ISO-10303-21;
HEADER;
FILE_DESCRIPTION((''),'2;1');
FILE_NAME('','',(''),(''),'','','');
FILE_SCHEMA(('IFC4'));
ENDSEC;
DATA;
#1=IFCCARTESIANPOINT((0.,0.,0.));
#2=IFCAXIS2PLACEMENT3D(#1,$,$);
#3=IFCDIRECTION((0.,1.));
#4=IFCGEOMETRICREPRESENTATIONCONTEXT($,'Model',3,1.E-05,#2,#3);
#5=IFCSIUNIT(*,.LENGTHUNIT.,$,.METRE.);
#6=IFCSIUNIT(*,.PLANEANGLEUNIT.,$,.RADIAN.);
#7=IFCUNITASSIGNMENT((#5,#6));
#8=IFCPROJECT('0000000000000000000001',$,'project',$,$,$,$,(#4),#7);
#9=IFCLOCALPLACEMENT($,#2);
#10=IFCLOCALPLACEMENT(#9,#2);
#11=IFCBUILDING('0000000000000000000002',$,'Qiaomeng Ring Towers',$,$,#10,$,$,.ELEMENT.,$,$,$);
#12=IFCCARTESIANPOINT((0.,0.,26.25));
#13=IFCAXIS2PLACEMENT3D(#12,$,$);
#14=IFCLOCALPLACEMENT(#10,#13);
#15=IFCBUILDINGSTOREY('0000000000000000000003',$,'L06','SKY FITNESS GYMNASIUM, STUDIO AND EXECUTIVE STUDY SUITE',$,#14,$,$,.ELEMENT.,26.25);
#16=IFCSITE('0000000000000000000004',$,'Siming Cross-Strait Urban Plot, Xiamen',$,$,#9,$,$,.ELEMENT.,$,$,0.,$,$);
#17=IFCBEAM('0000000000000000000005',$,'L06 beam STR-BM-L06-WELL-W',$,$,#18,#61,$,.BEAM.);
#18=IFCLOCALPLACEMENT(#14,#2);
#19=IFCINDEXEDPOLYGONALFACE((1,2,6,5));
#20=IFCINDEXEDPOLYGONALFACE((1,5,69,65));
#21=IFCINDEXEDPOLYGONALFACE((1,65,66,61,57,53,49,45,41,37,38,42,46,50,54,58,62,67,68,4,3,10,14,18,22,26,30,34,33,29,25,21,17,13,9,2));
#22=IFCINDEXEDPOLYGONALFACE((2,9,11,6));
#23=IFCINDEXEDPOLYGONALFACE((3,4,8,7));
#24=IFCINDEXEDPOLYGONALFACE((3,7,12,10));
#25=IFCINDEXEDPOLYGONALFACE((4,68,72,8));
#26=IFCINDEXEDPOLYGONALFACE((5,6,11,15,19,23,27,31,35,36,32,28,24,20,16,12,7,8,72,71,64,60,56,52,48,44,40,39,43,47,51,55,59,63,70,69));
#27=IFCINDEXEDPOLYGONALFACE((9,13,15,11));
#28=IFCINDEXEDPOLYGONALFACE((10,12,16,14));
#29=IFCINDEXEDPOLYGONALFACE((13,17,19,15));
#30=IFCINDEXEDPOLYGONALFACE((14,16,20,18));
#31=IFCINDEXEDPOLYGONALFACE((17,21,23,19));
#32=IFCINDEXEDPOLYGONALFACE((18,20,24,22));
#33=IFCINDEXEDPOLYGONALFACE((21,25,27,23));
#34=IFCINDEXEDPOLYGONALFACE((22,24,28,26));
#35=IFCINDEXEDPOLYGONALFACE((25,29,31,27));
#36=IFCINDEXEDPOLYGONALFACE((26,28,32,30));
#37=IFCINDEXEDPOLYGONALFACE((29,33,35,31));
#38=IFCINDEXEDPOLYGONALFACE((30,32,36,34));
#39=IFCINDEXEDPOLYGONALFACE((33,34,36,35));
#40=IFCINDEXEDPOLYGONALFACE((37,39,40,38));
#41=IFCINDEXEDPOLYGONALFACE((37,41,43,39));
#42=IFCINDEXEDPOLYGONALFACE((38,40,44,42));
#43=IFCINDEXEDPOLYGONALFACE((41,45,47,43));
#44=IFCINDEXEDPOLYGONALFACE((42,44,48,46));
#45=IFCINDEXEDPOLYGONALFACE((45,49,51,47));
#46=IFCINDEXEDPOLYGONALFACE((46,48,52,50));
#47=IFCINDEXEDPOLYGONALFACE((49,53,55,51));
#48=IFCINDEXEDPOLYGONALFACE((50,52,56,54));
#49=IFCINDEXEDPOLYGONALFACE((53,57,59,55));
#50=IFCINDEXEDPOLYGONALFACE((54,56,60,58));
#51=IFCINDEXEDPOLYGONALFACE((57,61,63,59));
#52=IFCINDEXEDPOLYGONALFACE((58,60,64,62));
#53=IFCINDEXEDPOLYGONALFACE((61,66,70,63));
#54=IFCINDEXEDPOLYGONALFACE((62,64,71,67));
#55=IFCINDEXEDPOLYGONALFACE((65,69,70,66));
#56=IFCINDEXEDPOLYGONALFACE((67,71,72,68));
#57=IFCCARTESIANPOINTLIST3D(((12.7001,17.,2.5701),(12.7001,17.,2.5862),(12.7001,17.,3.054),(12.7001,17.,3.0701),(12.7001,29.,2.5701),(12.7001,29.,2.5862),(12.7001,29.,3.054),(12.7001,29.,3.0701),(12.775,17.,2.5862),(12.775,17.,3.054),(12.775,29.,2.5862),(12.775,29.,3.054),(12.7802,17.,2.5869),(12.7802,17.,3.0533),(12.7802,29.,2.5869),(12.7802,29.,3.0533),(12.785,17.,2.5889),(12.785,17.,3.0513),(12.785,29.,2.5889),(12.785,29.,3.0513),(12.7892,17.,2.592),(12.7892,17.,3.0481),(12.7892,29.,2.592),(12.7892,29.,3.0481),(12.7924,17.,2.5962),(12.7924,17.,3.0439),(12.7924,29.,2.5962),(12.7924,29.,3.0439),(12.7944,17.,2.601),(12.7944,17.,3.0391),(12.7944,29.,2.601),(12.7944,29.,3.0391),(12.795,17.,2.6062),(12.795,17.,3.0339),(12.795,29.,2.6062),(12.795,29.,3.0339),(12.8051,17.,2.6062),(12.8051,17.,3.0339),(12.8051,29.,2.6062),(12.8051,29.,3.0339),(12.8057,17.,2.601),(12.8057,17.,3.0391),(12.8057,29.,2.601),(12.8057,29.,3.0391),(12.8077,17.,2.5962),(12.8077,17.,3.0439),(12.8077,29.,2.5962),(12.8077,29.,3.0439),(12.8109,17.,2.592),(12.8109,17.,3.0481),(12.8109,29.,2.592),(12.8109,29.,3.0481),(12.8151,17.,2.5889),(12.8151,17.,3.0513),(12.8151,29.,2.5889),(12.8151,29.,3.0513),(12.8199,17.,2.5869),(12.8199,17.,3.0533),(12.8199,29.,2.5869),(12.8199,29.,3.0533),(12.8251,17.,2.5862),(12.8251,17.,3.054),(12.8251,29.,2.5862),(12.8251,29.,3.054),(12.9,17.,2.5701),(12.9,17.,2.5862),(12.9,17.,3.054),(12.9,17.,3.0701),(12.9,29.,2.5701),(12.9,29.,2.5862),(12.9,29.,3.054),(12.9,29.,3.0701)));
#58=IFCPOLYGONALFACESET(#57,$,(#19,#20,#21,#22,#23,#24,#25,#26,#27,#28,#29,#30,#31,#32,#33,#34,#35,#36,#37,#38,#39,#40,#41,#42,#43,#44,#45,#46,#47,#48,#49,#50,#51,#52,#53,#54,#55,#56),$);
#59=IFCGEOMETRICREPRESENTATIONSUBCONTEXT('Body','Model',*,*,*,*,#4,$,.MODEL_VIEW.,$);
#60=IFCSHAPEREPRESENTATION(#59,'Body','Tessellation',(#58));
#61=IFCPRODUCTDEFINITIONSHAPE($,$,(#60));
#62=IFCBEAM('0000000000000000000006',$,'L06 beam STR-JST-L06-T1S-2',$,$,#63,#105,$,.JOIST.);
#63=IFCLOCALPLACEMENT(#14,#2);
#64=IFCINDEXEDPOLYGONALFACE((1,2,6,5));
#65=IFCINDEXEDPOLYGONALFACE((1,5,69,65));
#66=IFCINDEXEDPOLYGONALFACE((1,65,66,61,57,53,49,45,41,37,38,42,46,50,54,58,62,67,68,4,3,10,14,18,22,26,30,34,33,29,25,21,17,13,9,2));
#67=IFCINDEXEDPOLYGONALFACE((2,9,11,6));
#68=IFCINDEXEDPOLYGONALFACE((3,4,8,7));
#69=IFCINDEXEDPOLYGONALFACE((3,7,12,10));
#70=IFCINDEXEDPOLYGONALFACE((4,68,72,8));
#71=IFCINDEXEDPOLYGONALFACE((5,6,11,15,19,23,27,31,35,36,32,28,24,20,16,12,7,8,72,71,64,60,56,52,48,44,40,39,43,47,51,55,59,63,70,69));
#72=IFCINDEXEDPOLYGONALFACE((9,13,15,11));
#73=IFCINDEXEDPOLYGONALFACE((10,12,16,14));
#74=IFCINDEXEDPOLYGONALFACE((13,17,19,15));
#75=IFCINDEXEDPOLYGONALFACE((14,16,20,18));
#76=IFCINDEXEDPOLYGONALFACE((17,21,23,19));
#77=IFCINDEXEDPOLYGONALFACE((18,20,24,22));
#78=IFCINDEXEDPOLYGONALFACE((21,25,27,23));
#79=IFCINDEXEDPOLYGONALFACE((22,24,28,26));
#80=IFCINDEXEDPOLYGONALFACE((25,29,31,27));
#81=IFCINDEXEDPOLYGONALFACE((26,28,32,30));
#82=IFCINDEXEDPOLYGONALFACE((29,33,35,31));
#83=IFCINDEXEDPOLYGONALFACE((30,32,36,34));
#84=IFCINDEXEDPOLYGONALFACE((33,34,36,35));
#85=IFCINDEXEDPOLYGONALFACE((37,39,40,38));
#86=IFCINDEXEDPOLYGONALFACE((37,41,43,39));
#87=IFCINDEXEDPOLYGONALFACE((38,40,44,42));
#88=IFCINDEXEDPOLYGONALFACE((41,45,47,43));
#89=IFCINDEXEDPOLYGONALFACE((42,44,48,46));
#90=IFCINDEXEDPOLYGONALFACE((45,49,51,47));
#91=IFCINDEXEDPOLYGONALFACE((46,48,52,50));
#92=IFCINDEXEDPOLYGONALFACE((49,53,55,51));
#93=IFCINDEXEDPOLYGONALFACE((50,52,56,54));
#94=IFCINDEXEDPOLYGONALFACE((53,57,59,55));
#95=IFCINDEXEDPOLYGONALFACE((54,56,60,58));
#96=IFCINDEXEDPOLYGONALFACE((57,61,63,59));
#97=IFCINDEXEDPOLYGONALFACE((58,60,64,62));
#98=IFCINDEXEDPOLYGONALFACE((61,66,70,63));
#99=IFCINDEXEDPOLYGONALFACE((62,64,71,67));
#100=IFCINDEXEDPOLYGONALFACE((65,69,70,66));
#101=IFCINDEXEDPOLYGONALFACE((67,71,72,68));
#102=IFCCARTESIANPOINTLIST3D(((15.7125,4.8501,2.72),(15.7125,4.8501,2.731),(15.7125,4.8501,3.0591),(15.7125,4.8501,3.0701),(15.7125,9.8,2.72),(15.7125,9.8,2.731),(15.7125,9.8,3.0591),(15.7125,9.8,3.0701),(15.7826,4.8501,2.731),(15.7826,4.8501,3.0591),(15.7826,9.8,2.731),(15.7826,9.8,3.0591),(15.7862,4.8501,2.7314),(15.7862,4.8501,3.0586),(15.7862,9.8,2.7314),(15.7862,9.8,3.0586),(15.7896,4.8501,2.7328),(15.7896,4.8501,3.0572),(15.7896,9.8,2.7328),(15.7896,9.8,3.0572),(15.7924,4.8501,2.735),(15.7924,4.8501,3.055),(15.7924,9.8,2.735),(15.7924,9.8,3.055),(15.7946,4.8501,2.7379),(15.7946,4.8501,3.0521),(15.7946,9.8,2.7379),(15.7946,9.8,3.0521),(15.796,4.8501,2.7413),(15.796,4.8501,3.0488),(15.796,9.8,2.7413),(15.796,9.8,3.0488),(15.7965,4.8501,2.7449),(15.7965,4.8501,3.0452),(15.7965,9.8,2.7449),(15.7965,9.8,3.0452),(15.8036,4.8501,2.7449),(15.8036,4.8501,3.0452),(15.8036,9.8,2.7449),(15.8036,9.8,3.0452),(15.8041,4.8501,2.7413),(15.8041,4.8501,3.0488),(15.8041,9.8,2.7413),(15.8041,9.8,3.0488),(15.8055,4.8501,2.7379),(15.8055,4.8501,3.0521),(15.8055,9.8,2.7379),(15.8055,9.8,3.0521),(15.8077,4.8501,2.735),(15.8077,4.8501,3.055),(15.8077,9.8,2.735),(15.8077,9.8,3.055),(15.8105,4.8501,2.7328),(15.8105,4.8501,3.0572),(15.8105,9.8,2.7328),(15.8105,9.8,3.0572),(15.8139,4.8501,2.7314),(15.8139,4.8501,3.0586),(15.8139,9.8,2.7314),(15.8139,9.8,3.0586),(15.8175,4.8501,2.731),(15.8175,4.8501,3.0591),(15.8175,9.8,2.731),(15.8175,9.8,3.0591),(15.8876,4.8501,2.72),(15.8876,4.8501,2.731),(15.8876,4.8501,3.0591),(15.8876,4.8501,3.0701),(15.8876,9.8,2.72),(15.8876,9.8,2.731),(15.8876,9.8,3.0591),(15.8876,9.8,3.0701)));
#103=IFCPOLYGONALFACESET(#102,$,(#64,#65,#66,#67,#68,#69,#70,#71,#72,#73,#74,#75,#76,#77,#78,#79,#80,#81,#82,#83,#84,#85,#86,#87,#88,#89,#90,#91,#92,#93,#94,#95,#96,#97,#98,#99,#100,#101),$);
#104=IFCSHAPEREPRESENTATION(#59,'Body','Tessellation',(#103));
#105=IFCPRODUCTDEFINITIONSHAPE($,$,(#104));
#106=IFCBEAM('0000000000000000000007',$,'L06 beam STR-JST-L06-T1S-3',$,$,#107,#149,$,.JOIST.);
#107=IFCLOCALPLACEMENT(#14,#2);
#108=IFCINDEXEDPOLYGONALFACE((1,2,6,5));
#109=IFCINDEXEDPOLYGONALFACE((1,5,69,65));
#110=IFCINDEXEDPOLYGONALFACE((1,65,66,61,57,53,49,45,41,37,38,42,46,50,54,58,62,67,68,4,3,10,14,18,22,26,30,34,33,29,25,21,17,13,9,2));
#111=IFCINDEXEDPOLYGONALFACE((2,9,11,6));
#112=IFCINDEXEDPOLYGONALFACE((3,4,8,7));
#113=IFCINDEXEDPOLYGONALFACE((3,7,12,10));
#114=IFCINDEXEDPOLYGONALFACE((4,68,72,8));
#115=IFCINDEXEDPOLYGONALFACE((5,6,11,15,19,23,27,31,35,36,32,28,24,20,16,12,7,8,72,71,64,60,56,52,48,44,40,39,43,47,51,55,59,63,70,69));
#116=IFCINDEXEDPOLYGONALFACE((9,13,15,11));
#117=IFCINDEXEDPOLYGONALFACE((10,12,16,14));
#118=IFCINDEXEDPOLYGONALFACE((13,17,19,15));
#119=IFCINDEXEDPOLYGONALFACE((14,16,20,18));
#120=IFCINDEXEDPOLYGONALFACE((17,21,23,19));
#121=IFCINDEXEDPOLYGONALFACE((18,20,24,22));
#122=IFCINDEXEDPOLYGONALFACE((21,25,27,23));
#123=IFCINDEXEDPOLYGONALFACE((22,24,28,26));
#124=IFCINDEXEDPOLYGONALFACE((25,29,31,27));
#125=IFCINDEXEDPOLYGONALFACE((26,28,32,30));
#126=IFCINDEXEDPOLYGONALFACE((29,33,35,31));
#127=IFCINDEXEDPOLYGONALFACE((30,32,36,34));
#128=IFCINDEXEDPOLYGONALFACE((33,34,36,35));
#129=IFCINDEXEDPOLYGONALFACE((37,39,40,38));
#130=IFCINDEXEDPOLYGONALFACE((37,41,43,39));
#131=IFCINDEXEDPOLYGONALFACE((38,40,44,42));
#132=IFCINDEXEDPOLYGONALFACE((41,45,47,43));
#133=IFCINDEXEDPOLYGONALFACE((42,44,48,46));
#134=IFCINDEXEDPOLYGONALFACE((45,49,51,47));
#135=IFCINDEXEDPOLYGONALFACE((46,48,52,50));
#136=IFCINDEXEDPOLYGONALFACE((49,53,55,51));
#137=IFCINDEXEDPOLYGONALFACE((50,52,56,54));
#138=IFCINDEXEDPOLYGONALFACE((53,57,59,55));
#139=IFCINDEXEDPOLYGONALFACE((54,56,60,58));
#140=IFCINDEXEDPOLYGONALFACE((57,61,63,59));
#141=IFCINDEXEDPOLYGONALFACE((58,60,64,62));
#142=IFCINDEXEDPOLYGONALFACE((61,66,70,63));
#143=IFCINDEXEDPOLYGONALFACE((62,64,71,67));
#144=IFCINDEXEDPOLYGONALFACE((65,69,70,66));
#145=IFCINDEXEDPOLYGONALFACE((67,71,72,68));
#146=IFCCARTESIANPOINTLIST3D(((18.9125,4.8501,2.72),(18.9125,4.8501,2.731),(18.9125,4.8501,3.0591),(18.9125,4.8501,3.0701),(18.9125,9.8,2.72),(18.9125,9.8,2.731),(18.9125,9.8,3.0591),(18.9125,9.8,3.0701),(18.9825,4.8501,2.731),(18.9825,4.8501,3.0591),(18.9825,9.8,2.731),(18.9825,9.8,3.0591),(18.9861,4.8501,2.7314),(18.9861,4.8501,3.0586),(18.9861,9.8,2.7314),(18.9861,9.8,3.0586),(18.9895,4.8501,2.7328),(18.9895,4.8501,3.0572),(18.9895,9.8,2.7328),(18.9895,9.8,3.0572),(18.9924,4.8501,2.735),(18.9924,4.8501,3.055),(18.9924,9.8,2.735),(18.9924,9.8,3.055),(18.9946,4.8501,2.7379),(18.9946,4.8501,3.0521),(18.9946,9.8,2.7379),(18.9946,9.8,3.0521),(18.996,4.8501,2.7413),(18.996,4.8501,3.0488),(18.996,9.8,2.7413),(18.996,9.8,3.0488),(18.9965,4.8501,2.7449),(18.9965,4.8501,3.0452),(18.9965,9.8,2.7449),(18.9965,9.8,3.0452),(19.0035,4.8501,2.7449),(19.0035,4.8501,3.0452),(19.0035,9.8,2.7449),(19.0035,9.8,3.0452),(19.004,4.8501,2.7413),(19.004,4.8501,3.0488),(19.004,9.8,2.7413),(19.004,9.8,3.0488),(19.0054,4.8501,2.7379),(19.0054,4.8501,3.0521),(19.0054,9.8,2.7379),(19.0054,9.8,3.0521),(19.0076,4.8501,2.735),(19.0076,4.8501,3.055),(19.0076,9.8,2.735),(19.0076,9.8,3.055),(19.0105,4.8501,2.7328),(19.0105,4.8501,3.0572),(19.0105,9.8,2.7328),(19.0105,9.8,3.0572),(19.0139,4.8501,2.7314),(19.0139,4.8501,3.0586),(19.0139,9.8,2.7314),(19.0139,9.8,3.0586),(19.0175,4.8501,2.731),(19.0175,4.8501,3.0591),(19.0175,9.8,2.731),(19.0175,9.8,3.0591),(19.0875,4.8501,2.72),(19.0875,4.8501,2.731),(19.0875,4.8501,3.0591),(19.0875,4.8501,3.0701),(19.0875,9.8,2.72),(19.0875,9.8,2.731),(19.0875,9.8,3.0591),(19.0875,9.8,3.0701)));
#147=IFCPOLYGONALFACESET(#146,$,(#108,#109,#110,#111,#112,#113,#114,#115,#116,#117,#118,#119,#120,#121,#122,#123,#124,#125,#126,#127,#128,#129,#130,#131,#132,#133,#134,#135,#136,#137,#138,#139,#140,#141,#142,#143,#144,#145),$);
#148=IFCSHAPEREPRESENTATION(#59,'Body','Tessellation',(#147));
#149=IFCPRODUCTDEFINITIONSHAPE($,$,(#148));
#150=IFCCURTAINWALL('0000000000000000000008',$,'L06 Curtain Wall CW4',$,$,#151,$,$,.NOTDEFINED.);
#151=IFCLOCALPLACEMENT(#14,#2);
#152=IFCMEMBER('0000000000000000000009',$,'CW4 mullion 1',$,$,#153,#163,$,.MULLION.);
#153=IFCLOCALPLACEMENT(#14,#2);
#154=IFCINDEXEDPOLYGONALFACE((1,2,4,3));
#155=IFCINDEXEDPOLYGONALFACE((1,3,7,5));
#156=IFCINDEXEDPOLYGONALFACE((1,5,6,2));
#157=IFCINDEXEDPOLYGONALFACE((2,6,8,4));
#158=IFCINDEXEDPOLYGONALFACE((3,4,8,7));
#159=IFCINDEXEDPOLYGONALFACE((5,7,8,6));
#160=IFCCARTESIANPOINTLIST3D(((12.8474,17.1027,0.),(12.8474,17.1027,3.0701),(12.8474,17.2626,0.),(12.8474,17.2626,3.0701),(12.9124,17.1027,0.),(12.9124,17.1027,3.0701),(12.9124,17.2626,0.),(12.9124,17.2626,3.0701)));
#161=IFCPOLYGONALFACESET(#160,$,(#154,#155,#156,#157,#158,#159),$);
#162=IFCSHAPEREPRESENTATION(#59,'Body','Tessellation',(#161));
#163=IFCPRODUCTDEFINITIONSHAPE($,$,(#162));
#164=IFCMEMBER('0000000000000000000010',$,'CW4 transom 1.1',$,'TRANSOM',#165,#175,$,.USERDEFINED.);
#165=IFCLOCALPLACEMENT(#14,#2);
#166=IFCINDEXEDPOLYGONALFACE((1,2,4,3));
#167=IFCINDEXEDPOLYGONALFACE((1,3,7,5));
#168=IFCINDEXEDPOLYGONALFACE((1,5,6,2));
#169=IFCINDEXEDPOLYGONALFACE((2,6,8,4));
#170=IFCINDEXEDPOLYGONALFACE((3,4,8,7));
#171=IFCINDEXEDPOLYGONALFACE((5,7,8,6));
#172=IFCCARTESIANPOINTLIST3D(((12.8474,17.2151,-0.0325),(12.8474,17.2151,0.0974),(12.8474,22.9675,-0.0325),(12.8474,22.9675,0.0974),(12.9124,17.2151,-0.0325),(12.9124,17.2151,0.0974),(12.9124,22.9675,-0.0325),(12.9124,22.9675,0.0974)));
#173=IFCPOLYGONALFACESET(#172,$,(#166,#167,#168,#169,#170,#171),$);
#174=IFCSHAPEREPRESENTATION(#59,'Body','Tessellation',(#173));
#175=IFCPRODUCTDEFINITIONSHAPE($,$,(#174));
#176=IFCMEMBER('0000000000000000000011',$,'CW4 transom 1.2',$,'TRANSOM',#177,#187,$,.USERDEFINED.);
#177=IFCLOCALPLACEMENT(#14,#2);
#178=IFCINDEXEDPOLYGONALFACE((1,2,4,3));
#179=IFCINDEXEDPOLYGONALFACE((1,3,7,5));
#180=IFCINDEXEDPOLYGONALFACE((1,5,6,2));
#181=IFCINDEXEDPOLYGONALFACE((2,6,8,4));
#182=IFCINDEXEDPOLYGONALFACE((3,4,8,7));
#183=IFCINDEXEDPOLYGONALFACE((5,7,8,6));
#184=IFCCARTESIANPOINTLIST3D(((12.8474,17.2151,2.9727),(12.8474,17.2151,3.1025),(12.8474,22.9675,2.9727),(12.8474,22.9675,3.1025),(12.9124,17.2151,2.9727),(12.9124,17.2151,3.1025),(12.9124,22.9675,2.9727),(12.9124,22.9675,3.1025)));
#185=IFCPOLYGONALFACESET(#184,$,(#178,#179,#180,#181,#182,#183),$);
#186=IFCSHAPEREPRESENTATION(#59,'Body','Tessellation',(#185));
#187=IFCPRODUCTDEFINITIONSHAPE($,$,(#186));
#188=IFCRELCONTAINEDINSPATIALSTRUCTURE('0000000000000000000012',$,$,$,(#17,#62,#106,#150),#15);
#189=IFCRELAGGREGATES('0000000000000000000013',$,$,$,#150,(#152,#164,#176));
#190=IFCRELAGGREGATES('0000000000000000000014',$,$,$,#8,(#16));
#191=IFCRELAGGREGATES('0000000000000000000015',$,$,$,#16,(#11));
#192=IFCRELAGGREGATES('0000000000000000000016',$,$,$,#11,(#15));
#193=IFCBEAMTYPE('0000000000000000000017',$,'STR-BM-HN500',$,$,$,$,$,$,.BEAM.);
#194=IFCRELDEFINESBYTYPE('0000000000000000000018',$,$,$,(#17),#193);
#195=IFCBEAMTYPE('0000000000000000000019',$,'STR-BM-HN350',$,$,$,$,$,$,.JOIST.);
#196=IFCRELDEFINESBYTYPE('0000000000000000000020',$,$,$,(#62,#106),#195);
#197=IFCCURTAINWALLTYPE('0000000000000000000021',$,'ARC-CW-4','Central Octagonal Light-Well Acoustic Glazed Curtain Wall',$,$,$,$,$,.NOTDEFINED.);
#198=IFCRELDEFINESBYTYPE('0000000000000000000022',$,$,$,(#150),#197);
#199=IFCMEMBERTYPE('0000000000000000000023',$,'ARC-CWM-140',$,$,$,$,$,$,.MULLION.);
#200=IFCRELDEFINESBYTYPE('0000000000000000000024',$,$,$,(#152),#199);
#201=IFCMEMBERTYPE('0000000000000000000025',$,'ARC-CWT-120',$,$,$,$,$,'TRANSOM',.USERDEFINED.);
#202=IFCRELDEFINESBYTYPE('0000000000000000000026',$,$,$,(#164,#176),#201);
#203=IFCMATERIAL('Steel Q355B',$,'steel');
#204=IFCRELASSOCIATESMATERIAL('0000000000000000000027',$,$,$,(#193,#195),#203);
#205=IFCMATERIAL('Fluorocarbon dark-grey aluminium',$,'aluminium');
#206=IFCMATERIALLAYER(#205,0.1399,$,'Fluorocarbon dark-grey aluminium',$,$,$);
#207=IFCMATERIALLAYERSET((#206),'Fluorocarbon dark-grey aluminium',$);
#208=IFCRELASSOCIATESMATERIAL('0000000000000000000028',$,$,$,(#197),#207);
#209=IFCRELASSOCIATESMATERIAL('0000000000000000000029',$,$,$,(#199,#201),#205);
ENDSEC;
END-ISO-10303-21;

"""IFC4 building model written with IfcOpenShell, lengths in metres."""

from ifc_helpers import new_model, si_unit, direction, frame, origin, origin_2d, place, context, subcontext, project, spatial, rectangle, i_section, extrude, source, transform, mapped, material, layer, layer_set, material_profile, profile_set, type_object, element, aggregate, save


model = new_model("IFC4")

# Units and contexts
model_context = context("Model", 3, precision=1e-05, world=origin(), true_north=direction((0.0, 1.0)))
body_context = subcontext(model_context, "Body", "Model", "MODEL_VIEW")
ifc_project = project(units=[si_unit("LENGTHUNIT", "METRE"), si_unit("PLANEANGLEUNIT", "RADIAN")], contexts=[model_context])

# Site, building, storey
site_placement = place(None, origin())
site = spatial("IfcSite", under=ifc_project, at=site_placement, Name="Siming Cross-Strait Urban Plot, Xiamen", CompositionType="ELEMENT", RefElevation=0.0)
building_placement = place(site_placement, origin())
building = spatial("IfcBuilding", under=site, at=building_placement, Name="Qiaomeng Ring Towers", CompositionType="ELEMENT")
storey_placement = place(building_placement, frame((0.0, 0.0, 26.25)))
storey = spatial("IfcBuildingStorey", under=building, at=storey_placement, Name="L06", Description="SKY FITNESS GYMNASIUM, STUDIO AND EXECUTIVE STUDY SUITE", CompositionType="ELEMENT", Elevation=26.25)

# Beams
ifc_material_1 = material(Name="Steel Q355B", Category="steel")
ifc_material_profile_1 = material_profile(ifc_material_1, i_section(OverallWidth=0.2, OverallDepth=0.5, WebThickness=0.01, FlangeThickness=0.0161, FilletRadius=0.02, at=origin_2d()), Name="HN 500x200x10x16")
ifc_profile_set_1 = profile_set([ifc_material_profile_1], Name="Steel Q355B")
beam_type_1 = type_object("IfcBeamType", Name="STR-BM-HN500", PredefinedType="BEAM", material=ifc_profile_set_1)
shared_shape_1 = source(origin(), body_context, "Body", "SweptSolid", [
    extrude(i_section(OverallWidth=0.2, OverallDepth=0.5, WebThickness=0.01, FlangeThickness=0.0161, FilletRadius=0.02, at=origin_2d()), origin(), (0.0, 0.0, 1.0), 12.0),
])
beam_placement = place(storey_placement, frame((12.8, 17.0, 2.8201), z_axis=(0.0, 1.0, 0.0), x_axis=(-1.0, 0.0, 0.0)))
element("IfcBeam", 1, at=beam_placement, inside=storey, type_object=beam_type_1, Name="L06 beam STR-BM-L06-WELL-W", PredefinedType="BEAM", context=body_context, shape_type="MappedRepresentation", body=[
    mapped(shared_shape_1, transform((0.0, 0.0, 0.0), x_axis=(1.0, 0.0, 0.0), y_axis=(0.0, 1.0, 0.0), z_axis=(0.0, 0.0, 1.0), scale=1.0)),
])
ifc_material_profile_2 = material_profile(ifc_material_1, i_section(OverallWidth=0.175, OverallDepth=0.3501, WebThickness=0.0071, FlangeThickness=0.011, FilletRadius=0.0139, at=origin_2d()), Name="HN 350x175x7x11")
ifc_profile_set_2 = profile_set([ifc_material_profile_2], Name="Steel Q355B")
beam_type_2 = type_object("IfcBeamType", Name="STR-BM-HN350", PredefinedType="JOIST", material=ifc_profile_set_2)
shared_shape_2 = source(origin(), body_context, "Body", "SweptSolid", [
    extrude(i_section(OverallWidth=0.175, OverallDepth=0.3501, WebThickness=0.0071, FlangeThickness=0.011, FilletRadius=0.0139, at=origin_2d()), origin(), (0.0, 0.0, 1.0), 4.95),
])
for number, where, z_axis, x_axis, name in (
    (2, (15.8, 4.8501, 2.895), (0.0, 1.0, 0.0), (-1.0, 0.0, 0.0), "L06 beam STR-JST-L06-T1S-2"),
    (3, (19.0, 4.8501, 2.895), (0.0, 1.0, 0.0), (-1.0, 0.0, 0.0), "L06 beam STR-JST-L06-T1S-3"),
):
    element("IfcBeam", number, at=place(storey_placement, frame(where, z_axis=z_axis, x_axis=x_axis)), inside=storey, type_object=beam_type_2, Name=name, PredefinedType="JOIST", context=body_context, shape_type="MappedRepresentation", body=[
        mapped(shared_shape_2, transform((0.0, 0.0, 0.0), x_axis=(1.0, 0.0, 0.0), y_axis=(0.0, 1.0, 0.0), z_axis=(0.0, 0.0, 1.0), scale=1.0)),
    ])

# Curtain wall, members
ifc_material_2 = material(Name="Fluorocarbon dark-grey aluminium", Category="aluminium")
ifc_layer_1 = layer(ifc_material_2, 0.1399, Name="Fluorocarbon dark-grey aluminium")
ifc_layer_set_1 = layer_set([ifc_layer_1], Name="Fluorocarbon dark-grey aluminium")
curtain_wall_type = type_object("IfcCurtainWallType", Name="ARC-CW-4", Description="Central Octagonal Light-Well Acoustic Glazed Curtain Wall", PredefinedType="NOTDEFINED", material=ifc_layer_set_1)
curtain_wall_placement = place(storey_placement, origin())
curtain_wall = element("IfcCurtainWall", 4, at=curtain_wall_placement, inside=storey, type_object=curtain_wall_type, Name="L06 Curtain Wall CW4", PredefinedType="NOTDEFINED")
ifc_material_profile_3 = material_profile(ifc_material_2, rectangle(XDim=0.0649, YDim=0.1599, at=origin_2d()), Name="ALU MULL 65x160")
ifc_profile_set_3 = profile_set([ifc_material_profile_3], Name="Fluorocarbon dark-grey aluminium")
member_type_1 = type_object("IfcMemberType", Name="ARC-CWM-140", PredefinedType="MULLION", material=ifc_profile_set_3)
shared_shape_3 = source(origin(), body_context, "Body", "SweptSolid", [
    extrude(rectangle(XDim=0.0649, YDim=0.1599, at=origin_2d()), origin(), (0.0, 0.0, 1.0), 3.0701),
])
member_1_placement = place(storey_placement, frame((12.8799, 17.1826, 0.0), z_axis=(0.0, 0.0, 1.0), x_axis=(-1.0, 0.0, 0.0)))
member_1 = element("IfcMember", 5, at=member_1_placement, type_object=member_type_1, Name="CW4 mullion 1", PredefinedType="MULLION", context=body_context, shape_type="MappedRepresentation", body=[
    mapped(shared_shape_3, transform((0.0, 0.0, 0.0), x_axis=(1.0, 0.0, 0.0), y_axis=(0.0, 1.0, 0.0), z_axis=(0.0, 0.0, 1.0), scale=1.0)),
])
ifc_material_profile_4 = material_profile(ifc_material_2, rectangle(XDim=0.0649, YDim=0.1299, at=origin_2d()), Name="ALU TRAN 65x130")
ifc_profile_set_4 = profile_set([ifc_material_profile_4], Name="Fluorocarbon dark-grey aluminium")
member_type_2 = type_object("IfcMemberType", Name="ARC-CWT-120", ElementType="TRANSOM", PredefinedType="USERDEFINED", material=ifc_profile_set_4)
shared_shape_4 = source(origin(), body_context, "Body", "SweptSolid", [
    extrude(rectangle(XDim=0.0649, YDim=0.1299, at=origin_2d()), origin(), (0.0, 0.0, 1.0), 5.7524),
])
member_2_placement = place(storey_placement, frame((12.8799, 17.2151, 0.0325), z_axis=(0.0, 1.0, 0.0), x_axis=(-1.0, 0.0, 0.0)))
member_2 = element("IfcMember", 6, at=member_2_placement, type_object=member_type_2, Name="CW4 transom 1.1", ObjectType="TRANSOM", PredefinedType="USERDEFINED", context=body_context, shape_type="MappedRepresentation", body=[
    mapped(shared_shape_4, transform((0.0, 0.0, 0.0), x_axis=(1.0, 0.0, 0.0), y_axis=(0.0, 1.0, 0.0), z_axis=(0.0, 0.0, 1.0), scale=1.0)),
])
member_3_placement = place(storey_placement, frame((12.8799, 17.2151, 3.0376), z_axis=(0.0, 1.0, 0.0), x_axis=(-1.0, 0.0, 0.0)))
member_3 = element("IfcMember", 7, at=member_3_placement, type_object=member_type_2, Name="CW4 transom 1.2", ObjectType="TRANSOM", PredefinedType="USERDEFINED", context=body_context, shape_type="MappedRepresentation", body=[
    mapped(shared_shape_4, transform((0.0, 0.0, 0.0), x_axis=(1.0, 0.0, 0.0), y_axis=(0.0, 1.0, 0.0), z_axis=(0.0, 0.0, 1.0), scale=1.0)),
])
aggregate(curtain_wall, [member_1, member_2, member_3])

save(model, "model.ifc")
